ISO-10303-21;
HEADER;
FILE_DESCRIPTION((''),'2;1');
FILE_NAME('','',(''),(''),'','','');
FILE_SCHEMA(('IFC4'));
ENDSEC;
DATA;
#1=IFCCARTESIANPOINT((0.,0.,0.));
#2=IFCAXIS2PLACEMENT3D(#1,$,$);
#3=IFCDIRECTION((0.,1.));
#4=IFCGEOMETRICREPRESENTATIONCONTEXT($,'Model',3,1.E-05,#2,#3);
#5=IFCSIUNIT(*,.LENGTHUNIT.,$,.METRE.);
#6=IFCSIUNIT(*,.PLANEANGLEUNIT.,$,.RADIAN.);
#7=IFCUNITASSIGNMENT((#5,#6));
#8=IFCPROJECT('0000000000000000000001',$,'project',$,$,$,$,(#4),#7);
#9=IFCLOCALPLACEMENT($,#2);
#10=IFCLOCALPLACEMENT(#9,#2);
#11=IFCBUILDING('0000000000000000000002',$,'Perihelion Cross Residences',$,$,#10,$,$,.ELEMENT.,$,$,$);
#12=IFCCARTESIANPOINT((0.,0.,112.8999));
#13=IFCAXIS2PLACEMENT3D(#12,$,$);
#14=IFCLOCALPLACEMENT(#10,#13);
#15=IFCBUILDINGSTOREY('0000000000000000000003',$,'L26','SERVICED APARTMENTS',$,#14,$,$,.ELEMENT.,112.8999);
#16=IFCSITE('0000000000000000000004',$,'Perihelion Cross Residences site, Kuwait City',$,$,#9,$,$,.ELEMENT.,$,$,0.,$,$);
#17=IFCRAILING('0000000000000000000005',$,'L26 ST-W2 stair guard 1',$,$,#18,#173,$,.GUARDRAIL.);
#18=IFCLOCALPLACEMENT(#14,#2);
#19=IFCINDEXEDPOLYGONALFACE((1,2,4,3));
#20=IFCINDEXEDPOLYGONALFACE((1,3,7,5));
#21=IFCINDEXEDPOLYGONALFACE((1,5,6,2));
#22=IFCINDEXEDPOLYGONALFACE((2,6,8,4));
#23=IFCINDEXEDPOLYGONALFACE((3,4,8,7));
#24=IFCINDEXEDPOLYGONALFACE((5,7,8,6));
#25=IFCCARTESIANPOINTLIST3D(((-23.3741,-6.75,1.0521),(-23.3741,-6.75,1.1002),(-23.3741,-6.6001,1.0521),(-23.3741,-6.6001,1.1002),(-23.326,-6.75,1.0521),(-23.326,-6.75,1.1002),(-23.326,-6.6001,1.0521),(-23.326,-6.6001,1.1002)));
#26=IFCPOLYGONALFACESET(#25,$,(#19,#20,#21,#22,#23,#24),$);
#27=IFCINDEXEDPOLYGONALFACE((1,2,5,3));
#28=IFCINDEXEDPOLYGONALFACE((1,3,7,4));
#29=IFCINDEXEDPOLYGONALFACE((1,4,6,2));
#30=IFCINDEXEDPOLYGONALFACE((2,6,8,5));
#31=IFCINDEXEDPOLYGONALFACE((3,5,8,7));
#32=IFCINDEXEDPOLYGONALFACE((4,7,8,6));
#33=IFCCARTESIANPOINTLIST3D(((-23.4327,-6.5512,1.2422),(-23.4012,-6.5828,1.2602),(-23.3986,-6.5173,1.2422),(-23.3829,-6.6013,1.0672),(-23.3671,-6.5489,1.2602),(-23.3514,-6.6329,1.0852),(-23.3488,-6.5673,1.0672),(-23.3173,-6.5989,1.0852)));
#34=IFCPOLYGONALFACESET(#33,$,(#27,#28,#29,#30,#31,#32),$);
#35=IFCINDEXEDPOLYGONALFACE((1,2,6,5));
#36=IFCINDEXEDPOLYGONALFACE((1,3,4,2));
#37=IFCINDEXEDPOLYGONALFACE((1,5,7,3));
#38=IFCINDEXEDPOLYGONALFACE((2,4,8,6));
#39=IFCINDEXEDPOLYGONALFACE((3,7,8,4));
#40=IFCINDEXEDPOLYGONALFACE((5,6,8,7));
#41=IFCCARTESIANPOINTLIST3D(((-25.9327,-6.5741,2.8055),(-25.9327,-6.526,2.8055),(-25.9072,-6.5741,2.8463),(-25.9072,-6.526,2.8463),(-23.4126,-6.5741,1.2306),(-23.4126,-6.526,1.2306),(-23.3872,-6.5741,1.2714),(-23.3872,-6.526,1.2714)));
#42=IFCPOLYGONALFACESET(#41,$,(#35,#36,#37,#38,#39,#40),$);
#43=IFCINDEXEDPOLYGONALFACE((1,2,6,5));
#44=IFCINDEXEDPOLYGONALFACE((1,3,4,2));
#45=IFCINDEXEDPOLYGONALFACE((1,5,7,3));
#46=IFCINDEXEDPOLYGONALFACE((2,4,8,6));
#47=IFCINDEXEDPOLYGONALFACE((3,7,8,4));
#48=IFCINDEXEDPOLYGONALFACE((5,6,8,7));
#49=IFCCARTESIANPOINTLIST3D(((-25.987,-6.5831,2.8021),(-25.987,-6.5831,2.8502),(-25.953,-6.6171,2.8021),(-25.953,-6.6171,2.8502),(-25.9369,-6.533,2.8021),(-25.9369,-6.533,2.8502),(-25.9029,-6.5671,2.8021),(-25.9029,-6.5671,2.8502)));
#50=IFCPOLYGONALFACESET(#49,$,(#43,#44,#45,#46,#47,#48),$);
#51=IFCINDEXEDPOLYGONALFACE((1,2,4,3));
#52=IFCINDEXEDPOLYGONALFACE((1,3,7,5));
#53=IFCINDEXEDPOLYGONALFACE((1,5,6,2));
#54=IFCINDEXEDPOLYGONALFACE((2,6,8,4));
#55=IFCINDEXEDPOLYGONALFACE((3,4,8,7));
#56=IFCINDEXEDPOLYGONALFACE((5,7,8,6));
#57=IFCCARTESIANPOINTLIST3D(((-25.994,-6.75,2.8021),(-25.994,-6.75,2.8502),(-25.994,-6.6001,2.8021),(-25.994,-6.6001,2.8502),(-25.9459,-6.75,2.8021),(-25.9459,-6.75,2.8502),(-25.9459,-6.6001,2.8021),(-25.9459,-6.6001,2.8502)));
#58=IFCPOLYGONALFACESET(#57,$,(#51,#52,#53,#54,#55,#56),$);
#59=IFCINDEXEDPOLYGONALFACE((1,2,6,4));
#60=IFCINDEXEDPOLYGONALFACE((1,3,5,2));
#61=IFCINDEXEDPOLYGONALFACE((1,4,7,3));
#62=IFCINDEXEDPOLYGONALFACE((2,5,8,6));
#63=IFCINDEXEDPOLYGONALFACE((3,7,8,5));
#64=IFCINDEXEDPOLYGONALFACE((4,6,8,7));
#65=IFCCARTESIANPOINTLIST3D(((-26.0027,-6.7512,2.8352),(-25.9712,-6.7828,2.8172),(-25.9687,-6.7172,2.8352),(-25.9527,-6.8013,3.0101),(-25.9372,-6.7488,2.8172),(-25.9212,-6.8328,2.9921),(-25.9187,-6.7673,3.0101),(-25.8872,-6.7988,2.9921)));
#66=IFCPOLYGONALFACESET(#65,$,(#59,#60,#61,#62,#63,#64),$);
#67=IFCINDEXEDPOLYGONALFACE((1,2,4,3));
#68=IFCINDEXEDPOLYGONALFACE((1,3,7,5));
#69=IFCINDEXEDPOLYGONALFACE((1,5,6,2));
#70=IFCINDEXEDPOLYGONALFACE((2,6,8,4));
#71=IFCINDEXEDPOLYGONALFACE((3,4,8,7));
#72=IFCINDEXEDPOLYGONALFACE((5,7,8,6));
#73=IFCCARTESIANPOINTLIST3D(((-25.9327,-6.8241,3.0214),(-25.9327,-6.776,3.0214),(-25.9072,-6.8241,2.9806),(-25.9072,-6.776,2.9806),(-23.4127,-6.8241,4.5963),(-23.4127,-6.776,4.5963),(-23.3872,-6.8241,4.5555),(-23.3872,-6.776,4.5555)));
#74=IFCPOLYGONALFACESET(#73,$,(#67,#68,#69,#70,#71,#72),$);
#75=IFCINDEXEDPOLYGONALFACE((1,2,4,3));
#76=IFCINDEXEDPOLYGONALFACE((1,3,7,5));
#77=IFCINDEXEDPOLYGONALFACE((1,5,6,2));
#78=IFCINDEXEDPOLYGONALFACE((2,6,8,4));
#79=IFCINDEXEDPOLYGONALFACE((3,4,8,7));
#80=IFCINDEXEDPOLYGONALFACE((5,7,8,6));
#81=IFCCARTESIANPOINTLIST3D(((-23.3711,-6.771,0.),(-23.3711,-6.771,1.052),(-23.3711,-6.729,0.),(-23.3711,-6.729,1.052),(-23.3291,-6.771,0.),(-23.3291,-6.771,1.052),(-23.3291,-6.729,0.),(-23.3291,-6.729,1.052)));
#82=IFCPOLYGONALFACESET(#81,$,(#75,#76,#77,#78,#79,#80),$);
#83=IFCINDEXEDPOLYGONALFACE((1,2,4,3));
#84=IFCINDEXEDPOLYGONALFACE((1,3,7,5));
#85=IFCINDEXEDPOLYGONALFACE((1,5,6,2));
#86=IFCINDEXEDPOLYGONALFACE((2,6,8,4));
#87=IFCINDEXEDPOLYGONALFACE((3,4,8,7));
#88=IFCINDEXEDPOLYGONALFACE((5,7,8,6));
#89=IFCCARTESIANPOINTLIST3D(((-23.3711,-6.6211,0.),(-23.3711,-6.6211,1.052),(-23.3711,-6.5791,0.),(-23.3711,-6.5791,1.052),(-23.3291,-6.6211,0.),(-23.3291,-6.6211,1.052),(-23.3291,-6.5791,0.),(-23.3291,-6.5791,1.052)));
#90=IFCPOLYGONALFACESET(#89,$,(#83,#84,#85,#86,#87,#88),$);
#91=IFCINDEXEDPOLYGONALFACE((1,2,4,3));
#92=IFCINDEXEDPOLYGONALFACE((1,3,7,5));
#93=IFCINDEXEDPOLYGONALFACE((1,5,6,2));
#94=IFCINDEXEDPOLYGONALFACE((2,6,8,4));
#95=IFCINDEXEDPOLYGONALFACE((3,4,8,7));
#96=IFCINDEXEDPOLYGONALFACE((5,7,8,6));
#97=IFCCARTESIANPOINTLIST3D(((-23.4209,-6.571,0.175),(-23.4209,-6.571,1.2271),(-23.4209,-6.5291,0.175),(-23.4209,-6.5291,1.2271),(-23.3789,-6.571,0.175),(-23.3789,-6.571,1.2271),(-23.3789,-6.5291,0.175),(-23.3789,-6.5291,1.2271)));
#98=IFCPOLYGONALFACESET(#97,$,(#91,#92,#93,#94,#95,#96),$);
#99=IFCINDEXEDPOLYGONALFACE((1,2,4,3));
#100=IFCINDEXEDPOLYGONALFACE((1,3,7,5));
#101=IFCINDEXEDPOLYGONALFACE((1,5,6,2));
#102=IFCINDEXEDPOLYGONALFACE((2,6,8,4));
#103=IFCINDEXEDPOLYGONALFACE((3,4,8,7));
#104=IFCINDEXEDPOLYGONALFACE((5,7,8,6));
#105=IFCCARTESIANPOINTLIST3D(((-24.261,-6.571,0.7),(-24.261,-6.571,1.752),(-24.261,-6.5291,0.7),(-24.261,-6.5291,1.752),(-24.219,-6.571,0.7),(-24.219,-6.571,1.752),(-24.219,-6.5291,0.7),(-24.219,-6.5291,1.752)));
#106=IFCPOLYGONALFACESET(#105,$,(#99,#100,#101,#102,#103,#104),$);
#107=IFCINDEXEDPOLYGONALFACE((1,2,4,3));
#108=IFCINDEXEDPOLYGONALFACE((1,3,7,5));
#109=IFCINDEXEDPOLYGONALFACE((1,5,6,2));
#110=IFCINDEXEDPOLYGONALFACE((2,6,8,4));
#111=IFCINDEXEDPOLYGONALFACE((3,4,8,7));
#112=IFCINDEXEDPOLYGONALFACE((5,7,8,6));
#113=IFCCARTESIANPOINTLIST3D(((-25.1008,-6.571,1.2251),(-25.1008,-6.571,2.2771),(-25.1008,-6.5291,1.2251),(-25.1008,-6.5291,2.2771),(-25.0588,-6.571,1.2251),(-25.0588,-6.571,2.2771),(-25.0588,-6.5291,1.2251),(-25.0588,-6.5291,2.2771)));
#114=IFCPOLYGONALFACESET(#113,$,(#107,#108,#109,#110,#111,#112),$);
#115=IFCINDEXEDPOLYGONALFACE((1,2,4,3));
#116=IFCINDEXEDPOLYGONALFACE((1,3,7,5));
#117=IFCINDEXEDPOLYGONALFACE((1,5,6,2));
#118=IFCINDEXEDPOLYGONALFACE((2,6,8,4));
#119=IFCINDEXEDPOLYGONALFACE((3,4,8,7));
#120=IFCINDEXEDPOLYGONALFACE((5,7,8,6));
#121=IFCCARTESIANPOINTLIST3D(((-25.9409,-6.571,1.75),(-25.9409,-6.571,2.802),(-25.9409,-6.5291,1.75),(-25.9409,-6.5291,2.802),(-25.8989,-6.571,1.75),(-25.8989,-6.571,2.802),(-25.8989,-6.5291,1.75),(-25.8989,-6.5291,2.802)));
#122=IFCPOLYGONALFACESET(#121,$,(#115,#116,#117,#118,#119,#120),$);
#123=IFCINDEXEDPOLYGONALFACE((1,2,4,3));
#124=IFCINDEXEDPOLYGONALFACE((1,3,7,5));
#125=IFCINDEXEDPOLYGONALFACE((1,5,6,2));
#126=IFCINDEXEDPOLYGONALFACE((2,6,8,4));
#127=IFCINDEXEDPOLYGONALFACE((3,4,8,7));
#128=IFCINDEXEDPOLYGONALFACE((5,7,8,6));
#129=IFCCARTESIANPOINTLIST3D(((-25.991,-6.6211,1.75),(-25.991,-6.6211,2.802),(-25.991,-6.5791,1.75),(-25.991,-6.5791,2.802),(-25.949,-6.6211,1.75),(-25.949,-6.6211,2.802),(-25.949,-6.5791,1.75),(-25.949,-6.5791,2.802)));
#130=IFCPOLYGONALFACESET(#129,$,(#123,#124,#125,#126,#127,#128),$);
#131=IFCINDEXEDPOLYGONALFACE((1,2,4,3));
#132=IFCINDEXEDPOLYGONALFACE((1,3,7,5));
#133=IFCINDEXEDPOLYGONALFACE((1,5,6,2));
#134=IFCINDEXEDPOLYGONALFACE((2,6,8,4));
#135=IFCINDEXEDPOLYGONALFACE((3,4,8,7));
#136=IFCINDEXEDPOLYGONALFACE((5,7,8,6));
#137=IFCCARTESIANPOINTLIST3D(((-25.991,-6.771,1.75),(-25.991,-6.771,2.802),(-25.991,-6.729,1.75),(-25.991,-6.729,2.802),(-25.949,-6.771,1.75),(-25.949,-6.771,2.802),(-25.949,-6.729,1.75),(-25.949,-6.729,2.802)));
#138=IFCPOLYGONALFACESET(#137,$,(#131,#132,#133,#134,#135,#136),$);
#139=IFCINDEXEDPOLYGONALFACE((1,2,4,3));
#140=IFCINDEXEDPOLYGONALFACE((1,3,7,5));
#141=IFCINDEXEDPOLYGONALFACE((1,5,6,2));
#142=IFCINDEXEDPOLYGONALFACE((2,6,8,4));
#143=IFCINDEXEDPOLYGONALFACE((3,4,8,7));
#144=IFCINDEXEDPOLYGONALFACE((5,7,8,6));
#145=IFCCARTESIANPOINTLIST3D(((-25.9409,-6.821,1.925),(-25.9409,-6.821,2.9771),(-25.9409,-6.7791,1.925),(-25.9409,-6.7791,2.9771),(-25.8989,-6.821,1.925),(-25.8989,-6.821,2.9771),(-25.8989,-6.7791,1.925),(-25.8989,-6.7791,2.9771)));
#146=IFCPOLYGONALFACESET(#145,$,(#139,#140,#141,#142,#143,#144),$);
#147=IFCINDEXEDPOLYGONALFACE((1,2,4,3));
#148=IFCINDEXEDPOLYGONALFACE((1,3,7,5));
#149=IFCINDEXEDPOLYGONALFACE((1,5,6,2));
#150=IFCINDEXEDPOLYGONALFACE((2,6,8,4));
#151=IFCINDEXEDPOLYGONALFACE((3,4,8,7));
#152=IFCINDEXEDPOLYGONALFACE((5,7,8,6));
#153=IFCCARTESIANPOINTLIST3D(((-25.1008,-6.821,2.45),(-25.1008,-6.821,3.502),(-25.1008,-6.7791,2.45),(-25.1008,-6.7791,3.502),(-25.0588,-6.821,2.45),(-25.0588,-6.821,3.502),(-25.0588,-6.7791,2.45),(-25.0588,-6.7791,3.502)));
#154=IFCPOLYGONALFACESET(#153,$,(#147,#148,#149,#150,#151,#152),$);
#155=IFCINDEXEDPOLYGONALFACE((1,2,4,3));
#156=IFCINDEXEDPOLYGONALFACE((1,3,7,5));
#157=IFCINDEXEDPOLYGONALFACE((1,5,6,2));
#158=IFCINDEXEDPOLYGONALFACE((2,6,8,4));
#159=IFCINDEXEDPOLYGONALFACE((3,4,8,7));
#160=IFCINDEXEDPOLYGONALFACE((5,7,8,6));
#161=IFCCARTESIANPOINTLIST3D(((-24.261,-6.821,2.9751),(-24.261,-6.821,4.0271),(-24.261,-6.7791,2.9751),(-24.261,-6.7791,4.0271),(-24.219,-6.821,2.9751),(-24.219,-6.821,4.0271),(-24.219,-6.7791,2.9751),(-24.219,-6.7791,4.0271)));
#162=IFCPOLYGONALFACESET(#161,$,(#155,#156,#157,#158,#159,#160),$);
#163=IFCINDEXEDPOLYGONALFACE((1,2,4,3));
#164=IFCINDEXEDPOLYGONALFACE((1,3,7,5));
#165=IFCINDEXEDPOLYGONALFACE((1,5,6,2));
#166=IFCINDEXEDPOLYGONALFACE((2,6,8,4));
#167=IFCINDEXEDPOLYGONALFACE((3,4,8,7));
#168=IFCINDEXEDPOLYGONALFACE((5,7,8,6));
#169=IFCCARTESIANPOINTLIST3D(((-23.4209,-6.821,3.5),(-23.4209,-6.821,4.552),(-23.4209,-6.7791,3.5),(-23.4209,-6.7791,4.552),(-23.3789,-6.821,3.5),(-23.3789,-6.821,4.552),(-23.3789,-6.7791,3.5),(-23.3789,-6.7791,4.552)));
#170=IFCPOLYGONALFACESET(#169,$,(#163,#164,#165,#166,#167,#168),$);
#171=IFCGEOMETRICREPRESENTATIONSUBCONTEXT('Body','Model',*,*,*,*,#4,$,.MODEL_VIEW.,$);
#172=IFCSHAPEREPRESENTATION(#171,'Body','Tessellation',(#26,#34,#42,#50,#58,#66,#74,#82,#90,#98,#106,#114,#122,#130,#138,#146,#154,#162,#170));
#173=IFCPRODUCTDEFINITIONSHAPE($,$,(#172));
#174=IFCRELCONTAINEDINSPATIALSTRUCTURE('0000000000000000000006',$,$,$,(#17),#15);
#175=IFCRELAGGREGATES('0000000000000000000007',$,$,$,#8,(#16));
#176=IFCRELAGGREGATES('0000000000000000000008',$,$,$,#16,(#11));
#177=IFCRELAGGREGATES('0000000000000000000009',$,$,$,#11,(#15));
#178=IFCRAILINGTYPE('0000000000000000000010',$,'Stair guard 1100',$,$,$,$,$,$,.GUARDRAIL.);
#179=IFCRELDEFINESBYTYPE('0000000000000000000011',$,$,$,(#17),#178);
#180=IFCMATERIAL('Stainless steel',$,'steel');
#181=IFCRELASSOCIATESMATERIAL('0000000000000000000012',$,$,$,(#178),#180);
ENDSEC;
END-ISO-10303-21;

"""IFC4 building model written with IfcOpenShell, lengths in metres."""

from ifc_helpers import new_model, si_unit, direction, frame, origin, origin_2d, place, context, subcontext, project, spatial, rectangle, extrude, material, type_object, element, save


model = new_model("IFC4")

# Units and contexts
model_context = context("Model", 3, precision=1e-05, world=origin(), true_north=direction((0.0, 1.0)))
body_context = subcontext(model_context, "Body", "Model", "MODEL_VIEW")
ifc_project = project(units=[si_unit("LENGTHUNIT", "METRE"), si_unit("PLANEANGLEUNIT", "RADIAN")], contexts=[model_context])

# Site, building, storey
site_placement = place(None, origin())
site = spatial("IfcSite", under=ifc_project, at=site_placement, Name="Perihelion Cross Residences site, Kuwait City", CompositionType="ELEMENT", RefElevation=0.0)
building_placement = place(site_placement, origin())
building = spatial("IfcBuilding", under=site, at=building_placement, Name="Perihelion Cross Residences", CompositionType="ELEMENT")
storey_placement = place(building_placement, frame((0.0, 0.0, 112.8999)))
storey = spatial("IfcBuildingStorey", under=building, at=storey_placement, Name="L26", Description="SERVICED APARTMENTS", CompositionType="ELEMENT", Elevation=112.8999)

# Railing
ifc_material_1 = material(Name="Stainless steel", Category="steel")
railing_type_1 = type_object("IfcRailingType", Name="Stair guard 1100", PredefinedType="GUARDRAIL", material=ifc_material_1)
railing_1_placement = place(storey_placement, frame((-23.3501, -6.75, 0.0)))
element("IfcRailing", 1, at=railing_1_placement, inside=storey, type_object=railing_type_1, Name="L26 ST-W2 stair guard 1", PredefinedType="GUARDRAIL", context=body_context, shape_type="SweptSolid", body=[
    extrude(rectangle(XDim=0.0481, YDim=0.0481, at=origin_2d()), frame((0.0, 0.0, 1.0762), z_axis=(0.0, 1.0, 0.0), x_axis=(-1.0, 0.0, 0.0)), (0.0, 0.0, 1.0), 0.1499),
    extrude(rectangle(XDim=0.0481, YDim=0.0481, at=origin_2d()), frame((0.0, 0.1499, 1.0762), z_axis=(-0.263862, 0.265156, 0.927399), x_axis=(-0.708834, -0.705376, 0.0)), (0.0, 0.0, 1.0), 0.1887),
    extrude(rectangle(XDim=0.0481, YDim=0.0481, at=origin_2d()), frame((-0.0498, 0.2, 1.251), z_axis=(-0.848008, 0.0, 0.529984), x_axis=(0.0, -1.0, 0.0)), (0.0, 0.0, 1.0), 2.9717),
    extrude(rectangle(XDim=0.0481, YDim=0.0481, at=origin_2d()), frame((-2.5698, 0.2, 2.8262), z_axis=(-0.707107, -0.707107, 0.0), x_axis=(0.707107, -0.707107, 0.0)), (0.0, 0.0, 1.0), 0.0708),
    extrude(rectangle(XDim=0.0481, YDim=0.0481, at=origin_2d()), frame((-2.6199, 0.1499, 2.8262), z_axis=(0.0, -1.0, 0.0), x_axis=(1.0, 0.0, 0.0)), (0.0, 0.0, 1.0), 0.1499),
    extrude(rectangle(XDim=0.0481, YDim=0.0481, at=origin_2d()), frame((-2.6199, 0.0, 2.8262), z_axis=(0.265065, -0.265065, 0.927082), x_axis=(0.707107, 0.707107, 0.0)), (0.0, 0.0, 1.0), 0.1887),
    extrude(rectangle(XDim=0.0481, YDim=0.0481, at=origin_2d()), frame((-2.5698, -0.05, 3.001), z_axis=(0.848008, 0.0, 0.529984), x_axis=(0.0, 1.0, 0.0)), (0.0, 0.0, 1.0), 2.9717),
    extrude(rectangle(XDim=0.042, YDim=0.042, at=origin_2d()), origin(), (0.0, 0.0, 1.0), 1.052),
    extrude(rectangle(XDim=0.042, YDim=0.042, at=origin_2d()), frame((0.0, 0.1499, 0.0)), (0.0, 0.0, 1.0), 1.052),
    extrude(rectangle(XDim=0.042, YDim=0.042, at=origin_2d()), frame((-0.0498, 0.2, 0.175)), (0.0, 0.0, 1.0), 1.052),
    extrude(rectangle(XDim=0.042, YDim=0.042, at=origin_2d()), frame((-0.8899, 0.2, 0.7)), (0.0, 0.0, 1.0), 1.052),
    extrude(rectangle(XDim=0.042, YDim=0.042, at=origin_2d()), frame((-1.7297, 0.2, 1.2251)), (0.0, 0.0, 1.0), 1.052),
    extrude(rectangle(XDim=0.042, YDim=0.042, at=origin_2d()), frame((-2.5698, 0.2, 1.75)), (0.0, 0.0, 1.0), 1.052),
    extrude(rectangle(XDim=0.042, YDim=0.042, at=origin_2d()), frame((-2.6199, 0.1499, 1.75)), (0.0, 0.0, 1.0), 1.052),
    extrude(rectangle(XDim=0.042, YDim=0.042, at=origin_2d()), frame((-2.6199, 0.0, 1.75)), (0.0, 0.0, 1.0), 1.052),
    extrude(rectangle(XDim=0.042, YDim=0.042, at=origin_2d()), frame((-2.5698, -0.05, 1.925)), (0.0, 0.0, 1.0), 1.052),
    extrude(rectangle(XDim=0.042, YDim=0.042, at=origin_2d()), frame((-1.7297, -0.05, 2.45)), (0.0, 0.0, 1.0), 1.052),
    extrude(rectangle(XDim=0.042, YDim=0.042, at=origin_2d()), frame((-0.8899, -0.05, 2.9751)), (0.0, 0.0, 1.0), 1.052),
    extrude(rectangle(XDim=0.042, YDim=0.042, at=origin_2d()), frame((-0.0498, -0.05, 3.5)), (0.0, 0.0, 1.0), 1.052),
])

save(model, "model.ifc")
